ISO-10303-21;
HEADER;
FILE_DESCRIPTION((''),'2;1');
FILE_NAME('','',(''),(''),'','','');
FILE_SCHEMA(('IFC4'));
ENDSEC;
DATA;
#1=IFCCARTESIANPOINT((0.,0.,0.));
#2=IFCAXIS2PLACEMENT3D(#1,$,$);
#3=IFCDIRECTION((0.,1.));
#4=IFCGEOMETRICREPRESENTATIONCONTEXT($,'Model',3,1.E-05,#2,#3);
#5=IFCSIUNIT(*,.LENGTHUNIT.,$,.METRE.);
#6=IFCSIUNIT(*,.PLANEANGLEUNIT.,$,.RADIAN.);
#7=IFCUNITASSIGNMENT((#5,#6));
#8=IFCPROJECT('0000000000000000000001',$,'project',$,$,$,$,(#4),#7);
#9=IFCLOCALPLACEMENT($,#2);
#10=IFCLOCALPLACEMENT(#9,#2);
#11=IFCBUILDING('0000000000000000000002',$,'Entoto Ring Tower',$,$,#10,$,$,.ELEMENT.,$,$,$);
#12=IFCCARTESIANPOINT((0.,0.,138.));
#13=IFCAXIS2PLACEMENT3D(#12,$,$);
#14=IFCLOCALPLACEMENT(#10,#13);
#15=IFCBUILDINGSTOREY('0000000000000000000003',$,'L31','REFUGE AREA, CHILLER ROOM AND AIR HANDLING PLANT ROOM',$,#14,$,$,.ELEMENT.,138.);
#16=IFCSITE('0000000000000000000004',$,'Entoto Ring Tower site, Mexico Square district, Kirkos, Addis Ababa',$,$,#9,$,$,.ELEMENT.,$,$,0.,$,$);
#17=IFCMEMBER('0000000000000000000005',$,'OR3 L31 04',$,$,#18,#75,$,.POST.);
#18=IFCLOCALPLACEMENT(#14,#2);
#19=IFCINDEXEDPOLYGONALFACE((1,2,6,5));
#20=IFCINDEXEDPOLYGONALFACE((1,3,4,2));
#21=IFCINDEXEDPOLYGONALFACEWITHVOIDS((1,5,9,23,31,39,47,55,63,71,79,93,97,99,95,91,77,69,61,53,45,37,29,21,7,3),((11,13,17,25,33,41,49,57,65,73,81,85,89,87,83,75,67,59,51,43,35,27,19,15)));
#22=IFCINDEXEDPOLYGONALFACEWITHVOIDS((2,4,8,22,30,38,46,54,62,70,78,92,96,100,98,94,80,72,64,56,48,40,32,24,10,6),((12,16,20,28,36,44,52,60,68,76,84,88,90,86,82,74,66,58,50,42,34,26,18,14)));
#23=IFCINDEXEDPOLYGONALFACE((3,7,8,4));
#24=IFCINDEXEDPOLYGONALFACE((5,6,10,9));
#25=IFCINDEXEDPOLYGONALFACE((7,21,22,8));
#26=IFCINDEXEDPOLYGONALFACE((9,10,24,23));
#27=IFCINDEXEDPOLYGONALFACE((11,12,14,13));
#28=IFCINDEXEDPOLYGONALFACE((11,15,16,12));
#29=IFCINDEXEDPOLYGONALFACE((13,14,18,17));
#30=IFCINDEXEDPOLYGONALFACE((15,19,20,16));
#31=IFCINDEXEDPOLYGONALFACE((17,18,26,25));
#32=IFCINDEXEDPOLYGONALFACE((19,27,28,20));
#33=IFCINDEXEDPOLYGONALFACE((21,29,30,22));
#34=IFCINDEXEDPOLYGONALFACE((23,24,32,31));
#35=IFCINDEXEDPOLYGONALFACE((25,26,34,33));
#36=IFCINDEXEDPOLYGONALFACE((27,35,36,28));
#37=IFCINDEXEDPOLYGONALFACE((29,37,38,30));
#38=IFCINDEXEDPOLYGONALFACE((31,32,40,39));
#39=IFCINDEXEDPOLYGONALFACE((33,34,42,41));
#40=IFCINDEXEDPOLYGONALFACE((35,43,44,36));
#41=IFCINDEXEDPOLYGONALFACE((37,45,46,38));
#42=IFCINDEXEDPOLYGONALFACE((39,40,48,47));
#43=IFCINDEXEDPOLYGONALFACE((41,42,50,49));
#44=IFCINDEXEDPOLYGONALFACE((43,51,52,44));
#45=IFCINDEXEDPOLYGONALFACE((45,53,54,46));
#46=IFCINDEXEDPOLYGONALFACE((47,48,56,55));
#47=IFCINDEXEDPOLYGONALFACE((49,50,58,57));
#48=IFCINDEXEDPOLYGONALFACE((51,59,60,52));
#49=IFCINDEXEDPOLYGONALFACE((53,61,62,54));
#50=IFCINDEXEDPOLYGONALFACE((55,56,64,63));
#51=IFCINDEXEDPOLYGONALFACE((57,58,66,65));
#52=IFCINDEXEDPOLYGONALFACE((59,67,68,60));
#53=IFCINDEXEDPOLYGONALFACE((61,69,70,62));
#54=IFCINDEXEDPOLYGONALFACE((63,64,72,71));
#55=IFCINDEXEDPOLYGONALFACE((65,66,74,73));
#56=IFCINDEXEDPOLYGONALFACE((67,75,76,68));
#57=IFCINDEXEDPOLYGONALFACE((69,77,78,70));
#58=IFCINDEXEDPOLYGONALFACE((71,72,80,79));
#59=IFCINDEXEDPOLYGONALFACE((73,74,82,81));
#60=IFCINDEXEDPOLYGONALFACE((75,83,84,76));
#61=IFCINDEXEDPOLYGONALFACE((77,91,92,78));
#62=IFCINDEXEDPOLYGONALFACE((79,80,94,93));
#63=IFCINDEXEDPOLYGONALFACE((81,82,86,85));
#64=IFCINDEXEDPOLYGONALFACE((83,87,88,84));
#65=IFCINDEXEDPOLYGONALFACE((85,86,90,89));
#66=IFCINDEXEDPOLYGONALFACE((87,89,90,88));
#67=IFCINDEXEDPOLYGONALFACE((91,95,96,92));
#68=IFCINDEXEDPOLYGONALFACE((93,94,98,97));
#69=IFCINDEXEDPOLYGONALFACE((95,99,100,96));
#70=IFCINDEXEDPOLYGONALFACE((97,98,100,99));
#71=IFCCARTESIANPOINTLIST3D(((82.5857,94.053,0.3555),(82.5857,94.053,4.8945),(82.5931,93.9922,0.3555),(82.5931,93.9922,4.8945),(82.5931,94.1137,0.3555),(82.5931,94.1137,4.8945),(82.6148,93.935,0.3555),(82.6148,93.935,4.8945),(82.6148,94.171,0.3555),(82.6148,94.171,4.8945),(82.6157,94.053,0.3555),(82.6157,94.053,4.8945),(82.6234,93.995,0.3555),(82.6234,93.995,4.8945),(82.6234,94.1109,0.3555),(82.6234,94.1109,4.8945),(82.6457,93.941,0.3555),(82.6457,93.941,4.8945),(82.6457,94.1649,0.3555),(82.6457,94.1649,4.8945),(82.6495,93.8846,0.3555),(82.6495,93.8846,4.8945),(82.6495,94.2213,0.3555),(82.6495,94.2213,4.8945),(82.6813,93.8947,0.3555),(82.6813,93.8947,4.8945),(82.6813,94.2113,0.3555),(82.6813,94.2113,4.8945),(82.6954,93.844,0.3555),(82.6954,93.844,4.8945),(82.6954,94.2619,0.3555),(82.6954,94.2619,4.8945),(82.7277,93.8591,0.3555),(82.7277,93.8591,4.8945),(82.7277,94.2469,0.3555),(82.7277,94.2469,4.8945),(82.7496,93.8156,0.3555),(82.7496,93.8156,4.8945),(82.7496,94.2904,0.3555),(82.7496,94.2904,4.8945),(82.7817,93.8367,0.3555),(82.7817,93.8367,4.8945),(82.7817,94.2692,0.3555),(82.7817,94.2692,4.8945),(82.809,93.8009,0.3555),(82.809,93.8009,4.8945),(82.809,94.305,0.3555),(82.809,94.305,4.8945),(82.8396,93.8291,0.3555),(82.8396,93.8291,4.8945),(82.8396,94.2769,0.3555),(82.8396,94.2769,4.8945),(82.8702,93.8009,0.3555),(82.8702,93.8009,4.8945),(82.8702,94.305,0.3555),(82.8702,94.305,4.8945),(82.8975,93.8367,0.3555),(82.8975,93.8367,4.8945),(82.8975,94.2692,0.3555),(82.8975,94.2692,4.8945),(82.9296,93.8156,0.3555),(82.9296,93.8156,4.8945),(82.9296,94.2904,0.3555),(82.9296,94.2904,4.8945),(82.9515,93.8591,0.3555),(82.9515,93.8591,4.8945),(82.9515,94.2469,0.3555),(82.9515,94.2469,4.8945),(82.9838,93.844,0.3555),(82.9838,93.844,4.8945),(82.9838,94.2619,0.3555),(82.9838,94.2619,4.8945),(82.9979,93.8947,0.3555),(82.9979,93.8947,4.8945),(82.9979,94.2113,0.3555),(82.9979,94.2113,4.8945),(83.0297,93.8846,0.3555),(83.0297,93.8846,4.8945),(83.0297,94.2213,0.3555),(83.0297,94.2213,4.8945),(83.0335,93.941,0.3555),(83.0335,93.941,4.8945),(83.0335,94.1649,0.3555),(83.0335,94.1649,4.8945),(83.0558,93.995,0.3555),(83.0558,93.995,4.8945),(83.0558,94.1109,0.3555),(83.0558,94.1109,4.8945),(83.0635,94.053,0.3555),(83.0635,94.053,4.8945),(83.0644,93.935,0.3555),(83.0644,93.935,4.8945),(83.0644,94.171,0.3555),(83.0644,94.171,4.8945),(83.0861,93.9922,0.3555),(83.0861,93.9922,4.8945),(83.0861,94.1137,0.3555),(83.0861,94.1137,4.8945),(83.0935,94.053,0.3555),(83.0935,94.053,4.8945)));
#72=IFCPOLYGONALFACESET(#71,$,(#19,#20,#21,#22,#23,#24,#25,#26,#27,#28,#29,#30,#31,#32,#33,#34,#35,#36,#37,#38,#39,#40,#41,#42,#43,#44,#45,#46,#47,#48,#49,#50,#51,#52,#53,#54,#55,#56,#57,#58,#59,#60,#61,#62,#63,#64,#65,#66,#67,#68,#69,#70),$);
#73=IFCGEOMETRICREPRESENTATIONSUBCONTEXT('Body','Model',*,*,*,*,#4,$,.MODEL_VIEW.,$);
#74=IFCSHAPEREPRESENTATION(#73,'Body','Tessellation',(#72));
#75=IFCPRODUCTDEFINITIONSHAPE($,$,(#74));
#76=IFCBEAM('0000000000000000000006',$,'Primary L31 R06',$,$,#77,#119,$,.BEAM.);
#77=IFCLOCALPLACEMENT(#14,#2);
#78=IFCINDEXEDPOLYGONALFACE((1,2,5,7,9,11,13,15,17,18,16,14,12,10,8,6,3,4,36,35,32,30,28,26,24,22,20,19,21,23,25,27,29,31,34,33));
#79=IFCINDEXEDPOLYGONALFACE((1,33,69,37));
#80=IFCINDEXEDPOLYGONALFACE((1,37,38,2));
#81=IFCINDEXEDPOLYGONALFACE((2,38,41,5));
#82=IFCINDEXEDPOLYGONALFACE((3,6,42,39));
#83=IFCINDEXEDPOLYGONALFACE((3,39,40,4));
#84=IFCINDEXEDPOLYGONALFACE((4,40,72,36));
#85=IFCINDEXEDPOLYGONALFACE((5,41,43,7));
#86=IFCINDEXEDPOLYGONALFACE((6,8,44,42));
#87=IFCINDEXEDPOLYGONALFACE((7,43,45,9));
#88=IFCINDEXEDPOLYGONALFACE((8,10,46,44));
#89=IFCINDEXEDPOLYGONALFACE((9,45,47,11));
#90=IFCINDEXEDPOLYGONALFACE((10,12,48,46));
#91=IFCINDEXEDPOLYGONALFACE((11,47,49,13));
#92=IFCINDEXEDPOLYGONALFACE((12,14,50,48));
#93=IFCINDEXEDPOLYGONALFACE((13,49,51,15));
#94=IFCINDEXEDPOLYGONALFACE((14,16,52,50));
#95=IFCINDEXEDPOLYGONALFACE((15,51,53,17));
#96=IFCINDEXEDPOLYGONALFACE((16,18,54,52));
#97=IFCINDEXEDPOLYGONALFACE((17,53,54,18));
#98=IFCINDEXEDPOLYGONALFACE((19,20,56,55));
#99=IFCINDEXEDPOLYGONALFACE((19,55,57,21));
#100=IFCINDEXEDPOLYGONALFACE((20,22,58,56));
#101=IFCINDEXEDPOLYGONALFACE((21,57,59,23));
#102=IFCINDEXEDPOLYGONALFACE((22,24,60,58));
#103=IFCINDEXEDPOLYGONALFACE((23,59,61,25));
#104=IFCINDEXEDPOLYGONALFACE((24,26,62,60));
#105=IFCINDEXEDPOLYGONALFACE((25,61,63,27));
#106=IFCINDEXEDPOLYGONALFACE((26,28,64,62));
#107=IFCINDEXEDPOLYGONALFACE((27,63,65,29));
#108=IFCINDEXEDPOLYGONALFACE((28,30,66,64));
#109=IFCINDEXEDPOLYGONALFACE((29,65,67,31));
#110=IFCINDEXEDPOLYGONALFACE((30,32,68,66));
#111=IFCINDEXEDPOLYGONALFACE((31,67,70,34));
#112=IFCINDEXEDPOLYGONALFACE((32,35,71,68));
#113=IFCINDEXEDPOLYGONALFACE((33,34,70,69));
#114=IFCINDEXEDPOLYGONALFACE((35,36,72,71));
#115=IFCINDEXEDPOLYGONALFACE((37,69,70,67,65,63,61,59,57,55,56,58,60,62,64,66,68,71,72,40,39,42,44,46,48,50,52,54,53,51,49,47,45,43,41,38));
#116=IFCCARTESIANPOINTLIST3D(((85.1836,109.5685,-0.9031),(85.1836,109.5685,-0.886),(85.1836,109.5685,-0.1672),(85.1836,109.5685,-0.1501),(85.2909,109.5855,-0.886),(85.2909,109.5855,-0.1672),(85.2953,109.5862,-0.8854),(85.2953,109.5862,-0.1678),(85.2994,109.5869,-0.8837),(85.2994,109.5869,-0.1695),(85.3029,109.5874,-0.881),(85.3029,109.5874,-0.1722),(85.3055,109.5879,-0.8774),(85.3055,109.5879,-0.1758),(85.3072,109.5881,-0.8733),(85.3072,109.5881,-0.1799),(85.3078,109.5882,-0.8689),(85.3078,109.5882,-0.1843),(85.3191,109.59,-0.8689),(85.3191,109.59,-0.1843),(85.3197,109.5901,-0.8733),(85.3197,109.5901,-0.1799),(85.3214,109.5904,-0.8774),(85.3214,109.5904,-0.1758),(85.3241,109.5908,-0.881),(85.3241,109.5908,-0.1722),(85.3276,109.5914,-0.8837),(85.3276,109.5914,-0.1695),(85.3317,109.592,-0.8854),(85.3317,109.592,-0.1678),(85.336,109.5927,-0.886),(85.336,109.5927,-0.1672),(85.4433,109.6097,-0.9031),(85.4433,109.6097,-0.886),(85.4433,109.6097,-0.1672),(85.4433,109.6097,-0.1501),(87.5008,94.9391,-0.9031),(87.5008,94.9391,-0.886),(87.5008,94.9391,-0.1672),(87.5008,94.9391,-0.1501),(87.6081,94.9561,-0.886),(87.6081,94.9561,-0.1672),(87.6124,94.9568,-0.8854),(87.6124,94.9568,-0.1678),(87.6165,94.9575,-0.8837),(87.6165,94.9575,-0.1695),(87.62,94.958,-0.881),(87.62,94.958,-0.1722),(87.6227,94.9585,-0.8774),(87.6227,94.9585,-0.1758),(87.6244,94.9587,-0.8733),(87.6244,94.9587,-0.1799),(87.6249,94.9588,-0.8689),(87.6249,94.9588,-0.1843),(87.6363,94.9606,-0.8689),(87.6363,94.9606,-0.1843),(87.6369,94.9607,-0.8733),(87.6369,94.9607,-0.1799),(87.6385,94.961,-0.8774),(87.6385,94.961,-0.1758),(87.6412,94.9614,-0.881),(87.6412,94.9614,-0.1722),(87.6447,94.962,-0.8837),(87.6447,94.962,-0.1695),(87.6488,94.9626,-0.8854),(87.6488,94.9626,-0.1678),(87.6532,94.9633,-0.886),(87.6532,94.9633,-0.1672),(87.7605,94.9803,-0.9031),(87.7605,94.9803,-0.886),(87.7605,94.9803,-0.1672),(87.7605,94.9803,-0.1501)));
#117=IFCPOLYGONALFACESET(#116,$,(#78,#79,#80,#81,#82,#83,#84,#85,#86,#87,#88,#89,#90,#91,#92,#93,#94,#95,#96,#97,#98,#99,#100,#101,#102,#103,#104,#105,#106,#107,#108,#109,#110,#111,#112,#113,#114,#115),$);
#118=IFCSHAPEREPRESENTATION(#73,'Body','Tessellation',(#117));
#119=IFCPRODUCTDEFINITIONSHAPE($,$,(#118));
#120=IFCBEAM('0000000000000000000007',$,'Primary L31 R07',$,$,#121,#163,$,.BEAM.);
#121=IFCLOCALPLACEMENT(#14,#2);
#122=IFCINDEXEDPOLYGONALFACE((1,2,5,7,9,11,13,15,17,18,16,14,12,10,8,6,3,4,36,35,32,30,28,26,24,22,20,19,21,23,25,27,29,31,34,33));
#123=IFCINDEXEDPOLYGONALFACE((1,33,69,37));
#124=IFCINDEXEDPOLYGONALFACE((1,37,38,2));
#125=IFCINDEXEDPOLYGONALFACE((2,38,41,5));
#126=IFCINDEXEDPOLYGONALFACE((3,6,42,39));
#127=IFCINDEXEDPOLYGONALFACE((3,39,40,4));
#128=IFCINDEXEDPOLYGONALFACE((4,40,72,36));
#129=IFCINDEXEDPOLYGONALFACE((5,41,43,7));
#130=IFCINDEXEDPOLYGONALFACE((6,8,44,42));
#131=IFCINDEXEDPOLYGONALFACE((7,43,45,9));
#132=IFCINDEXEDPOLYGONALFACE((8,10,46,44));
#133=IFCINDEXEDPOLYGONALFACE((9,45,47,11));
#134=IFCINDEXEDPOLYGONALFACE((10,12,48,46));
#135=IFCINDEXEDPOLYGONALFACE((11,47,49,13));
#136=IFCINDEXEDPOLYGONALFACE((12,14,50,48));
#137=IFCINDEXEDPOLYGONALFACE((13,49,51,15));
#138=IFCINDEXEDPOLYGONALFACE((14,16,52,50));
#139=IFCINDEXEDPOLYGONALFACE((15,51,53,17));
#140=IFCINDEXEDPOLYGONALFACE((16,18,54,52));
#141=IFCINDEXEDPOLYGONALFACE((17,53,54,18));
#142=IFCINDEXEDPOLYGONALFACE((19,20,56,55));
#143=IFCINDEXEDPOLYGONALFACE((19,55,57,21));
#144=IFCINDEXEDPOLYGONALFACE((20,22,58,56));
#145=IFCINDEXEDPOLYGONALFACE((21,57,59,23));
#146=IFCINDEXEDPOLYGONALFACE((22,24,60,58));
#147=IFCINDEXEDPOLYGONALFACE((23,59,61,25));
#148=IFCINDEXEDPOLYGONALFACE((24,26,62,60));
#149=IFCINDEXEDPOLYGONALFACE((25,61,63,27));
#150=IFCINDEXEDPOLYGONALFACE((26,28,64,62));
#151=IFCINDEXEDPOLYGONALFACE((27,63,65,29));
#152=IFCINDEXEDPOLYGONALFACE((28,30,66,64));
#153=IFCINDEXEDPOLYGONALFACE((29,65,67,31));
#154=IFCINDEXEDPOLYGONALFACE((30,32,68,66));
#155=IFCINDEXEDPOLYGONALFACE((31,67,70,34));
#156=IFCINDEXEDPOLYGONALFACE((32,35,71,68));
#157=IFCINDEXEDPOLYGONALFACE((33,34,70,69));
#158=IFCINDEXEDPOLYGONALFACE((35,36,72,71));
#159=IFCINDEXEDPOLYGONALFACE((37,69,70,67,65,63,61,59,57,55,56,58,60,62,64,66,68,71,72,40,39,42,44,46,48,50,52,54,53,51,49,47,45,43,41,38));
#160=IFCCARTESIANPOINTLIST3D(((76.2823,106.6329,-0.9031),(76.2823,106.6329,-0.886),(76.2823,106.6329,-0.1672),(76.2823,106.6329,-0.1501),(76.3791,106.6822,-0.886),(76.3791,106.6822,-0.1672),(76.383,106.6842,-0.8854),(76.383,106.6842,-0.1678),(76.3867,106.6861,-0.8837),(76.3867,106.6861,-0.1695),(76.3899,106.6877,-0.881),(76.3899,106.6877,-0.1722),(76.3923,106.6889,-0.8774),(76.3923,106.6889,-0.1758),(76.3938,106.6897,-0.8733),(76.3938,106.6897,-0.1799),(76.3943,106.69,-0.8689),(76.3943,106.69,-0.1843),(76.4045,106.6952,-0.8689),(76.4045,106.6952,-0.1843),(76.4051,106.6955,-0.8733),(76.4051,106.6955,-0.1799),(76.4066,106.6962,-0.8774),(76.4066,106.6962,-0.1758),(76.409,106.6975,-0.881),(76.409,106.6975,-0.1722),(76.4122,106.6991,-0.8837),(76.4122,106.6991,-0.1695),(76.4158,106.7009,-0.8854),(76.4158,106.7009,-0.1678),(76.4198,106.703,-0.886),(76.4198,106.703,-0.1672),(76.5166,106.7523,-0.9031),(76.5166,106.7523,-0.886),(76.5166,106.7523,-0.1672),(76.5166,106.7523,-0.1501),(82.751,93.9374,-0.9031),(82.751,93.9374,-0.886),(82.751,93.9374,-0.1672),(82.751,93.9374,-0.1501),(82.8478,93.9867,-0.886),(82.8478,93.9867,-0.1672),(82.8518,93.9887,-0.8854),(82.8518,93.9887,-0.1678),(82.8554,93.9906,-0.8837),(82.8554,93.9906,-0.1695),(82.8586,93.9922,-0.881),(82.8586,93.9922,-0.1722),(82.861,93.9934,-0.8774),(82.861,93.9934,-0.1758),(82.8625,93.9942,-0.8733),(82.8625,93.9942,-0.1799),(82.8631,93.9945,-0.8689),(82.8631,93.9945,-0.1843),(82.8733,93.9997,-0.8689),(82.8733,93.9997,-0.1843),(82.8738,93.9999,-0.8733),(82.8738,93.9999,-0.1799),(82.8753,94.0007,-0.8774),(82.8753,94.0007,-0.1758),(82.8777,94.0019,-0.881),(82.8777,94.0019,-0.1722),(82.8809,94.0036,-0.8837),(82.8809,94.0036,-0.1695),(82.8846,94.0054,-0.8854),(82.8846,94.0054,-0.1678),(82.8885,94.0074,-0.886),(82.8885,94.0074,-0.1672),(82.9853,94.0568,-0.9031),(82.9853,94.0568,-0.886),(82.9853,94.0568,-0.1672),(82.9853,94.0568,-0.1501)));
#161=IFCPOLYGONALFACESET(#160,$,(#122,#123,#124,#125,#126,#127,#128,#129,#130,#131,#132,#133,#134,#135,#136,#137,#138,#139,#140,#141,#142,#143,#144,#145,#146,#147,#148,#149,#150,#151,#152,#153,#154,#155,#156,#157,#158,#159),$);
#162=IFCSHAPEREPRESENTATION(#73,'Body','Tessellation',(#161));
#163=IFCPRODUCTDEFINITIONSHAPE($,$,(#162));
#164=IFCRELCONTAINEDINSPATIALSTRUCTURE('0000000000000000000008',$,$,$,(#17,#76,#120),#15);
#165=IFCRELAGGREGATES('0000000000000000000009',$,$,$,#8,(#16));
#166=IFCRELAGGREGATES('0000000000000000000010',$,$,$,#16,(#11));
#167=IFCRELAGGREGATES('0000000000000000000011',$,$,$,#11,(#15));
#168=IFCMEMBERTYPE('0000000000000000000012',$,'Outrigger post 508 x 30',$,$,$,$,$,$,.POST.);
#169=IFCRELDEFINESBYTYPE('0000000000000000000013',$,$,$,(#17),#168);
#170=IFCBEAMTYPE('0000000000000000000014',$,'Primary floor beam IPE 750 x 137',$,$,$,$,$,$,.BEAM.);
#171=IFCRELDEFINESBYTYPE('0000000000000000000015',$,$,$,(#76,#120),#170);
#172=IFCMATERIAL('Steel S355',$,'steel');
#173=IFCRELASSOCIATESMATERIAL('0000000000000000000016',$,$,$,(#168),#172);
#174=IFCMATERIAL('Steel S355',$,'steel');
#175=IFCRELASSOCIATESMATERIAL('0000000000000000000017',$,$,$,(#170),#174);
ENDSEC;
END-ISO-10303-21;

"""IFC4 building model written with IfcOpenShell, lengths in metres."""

from ifc_helpers import new_model, si_unit, direction, frame, origin, origin_2d, place, context, subcontext, project, spatial, circle, hollow_circle, i_section, extrude, material, material_profile, profile_set, type_object, element, save


model = new_model("IFC4")

# Units and contexts
model_context = context("Model", 3, precision=1e-05, world=origin(), true_north=direction((0.0, 1.0)))
body_context = subcontext(model_context, "Body", "Model", "MODEL_VIEW")
ifc_project = project(units=[si_unit("LENGTHUNIT", "METRE"), si_unit("PLANEANGLEUNIT", "RADIAN")], contexts=[model_context])

# Site, building, storey
site_placement = place(None, origin())
site = spatial("IfcSite", under=ifc_project, at=site_placement, Name="Entoto Ring Tower site, Mexico Square district, Kirkos, Addis Ababa", CompositionType="ELEMENT", RefElevation=0.0)
building_placement = place(site_placement, origin())
building = spatial("IfcBuilding", under=site, at=building_placement, Name="Entoto Ring Tower", CompositionType="ELEMENT")
storey_placement = place(building_placement, frame((0.0, 0.0, 138.0)))
storey = spatial("IfcBuildingStorey", under=building, at=storey_placement, Name="L31", Description="REFUGE AREA, CHILLER ROOM AND AIR HANDLING PLANT ROOM", CompositionType="ELEMENT", Elevation=138.0)

# Member
ifc_material_1 = material(Name="Steel S355", Category="steel")
ifc_material_profile_1 = material_profile(ifc_material_1, hollow_circle(Radius=0.2539, WallThickness=0.03, at=origin_2d()), Name="CHS 508 x 30")
ifc_material_2 = material(Name="Concrete C60/75", Category="concrete")
ifc_material_profile_2 = material_profile(ifc_material_2, circle(Radius=0.2241, at=origin_2d()), Name="Concrete C60/75 infill")
ifc_profile_set_1 = profile_set([ifc_material_profile_1, ifc_material_profile_2], Name="Steel S355")
member_type_1 = type_object("IfcMemberType", Name="Outrigger post 508 x 30", PredefinedType="POST", material=ifc_profile_set_1)
member_1_placement = place(storey_placement, frame((82.8396, 94.053, 0.3555), z_axis=(0.0, 0.0, 1.0), x_axis=(1.0, 0.0, 0.0)))
element("IfcMember", 1, at=member_1_placement, inside=storey, type_object=member_type_1, Name="OR3 L31 04", PredefinedType="POST", context=body_context, shape_type="SweptSolid", body=[
    extrude(hollow_circle(Radius=0.2539, WallThickness=0.03, at=origin_2d()), origin(), (0.0, 0.0, 1.0), 4.5391),
])

# Beams
ifc_material_3 = material(Name="Steel S355", Category="steel")
ifc_material_profile_3 = material_profile(ifc_material_3, i_section(OverallWidth=0.2629, OverallDepth=0.7529, WebThickness=0.0115, FlangeThickness=0.0171, FilletRadius=0.0171, at=origin_2d()), Name="IPE 750 x 137")
ifc_profile_set_2 = profile_set([ifc_material_profile_3], Name="Steel S355")
beam_type_1 = type_object("IfcBeamType", Name="Primary floor beam IPE 750 x 137", PredefinedType="BEAM", material=ifc_profile_set_2)
beam_1_placement = place(storey_placement, frame((87.6306, 94.9597, -0.5266), z_axis=(-0.156439, 0.987688, 0.0), x_axis=(-0.987688, -0.156439, 0.0)))
element("IfcBeam", 2, at=beam_1_placement, inside=storey, type_object=beam_type_1, Name="Primary L31 R06", PredefinedType="BEAM", context=body_context, shape_type="SweptSolid", body=[
    extrude(i_section(OverallWidth=0.2629, OverallDepth=0.7529, WebThickness=0.0115, FlangeThickness=0.0171, FilletRadius=0.0171, at=origin_2d()), origin(), (0.0, 0.0, 1.0), 14.8118),
])
beam_2_placement = place(storey_placement, frame((82.8682, 93.9971, -0.5266), z_axis=(-0.453993, 0.891005, 0.0), x_axis=(-0.891005, -0.453993, 0.0)))
element("IfcBeam", 3, at=beam_2_placement, inside=storey, type_object=beam_type_1, Name="Primary L31 R07", PredefinedType="BEAM", context=body_context, shape_type="SweptSolid", body=[
    extrude(i_section(OverallWidth=0.2629, OverallDepth=0.7529, WebThickness=0.0115, FlangeThickness=0.0171, FilletRadius=0.0171, at=origin_2d()), origin(), (0.0, 0.0, 1.0), 14.2485),
])

save(model, "model.ifc")
